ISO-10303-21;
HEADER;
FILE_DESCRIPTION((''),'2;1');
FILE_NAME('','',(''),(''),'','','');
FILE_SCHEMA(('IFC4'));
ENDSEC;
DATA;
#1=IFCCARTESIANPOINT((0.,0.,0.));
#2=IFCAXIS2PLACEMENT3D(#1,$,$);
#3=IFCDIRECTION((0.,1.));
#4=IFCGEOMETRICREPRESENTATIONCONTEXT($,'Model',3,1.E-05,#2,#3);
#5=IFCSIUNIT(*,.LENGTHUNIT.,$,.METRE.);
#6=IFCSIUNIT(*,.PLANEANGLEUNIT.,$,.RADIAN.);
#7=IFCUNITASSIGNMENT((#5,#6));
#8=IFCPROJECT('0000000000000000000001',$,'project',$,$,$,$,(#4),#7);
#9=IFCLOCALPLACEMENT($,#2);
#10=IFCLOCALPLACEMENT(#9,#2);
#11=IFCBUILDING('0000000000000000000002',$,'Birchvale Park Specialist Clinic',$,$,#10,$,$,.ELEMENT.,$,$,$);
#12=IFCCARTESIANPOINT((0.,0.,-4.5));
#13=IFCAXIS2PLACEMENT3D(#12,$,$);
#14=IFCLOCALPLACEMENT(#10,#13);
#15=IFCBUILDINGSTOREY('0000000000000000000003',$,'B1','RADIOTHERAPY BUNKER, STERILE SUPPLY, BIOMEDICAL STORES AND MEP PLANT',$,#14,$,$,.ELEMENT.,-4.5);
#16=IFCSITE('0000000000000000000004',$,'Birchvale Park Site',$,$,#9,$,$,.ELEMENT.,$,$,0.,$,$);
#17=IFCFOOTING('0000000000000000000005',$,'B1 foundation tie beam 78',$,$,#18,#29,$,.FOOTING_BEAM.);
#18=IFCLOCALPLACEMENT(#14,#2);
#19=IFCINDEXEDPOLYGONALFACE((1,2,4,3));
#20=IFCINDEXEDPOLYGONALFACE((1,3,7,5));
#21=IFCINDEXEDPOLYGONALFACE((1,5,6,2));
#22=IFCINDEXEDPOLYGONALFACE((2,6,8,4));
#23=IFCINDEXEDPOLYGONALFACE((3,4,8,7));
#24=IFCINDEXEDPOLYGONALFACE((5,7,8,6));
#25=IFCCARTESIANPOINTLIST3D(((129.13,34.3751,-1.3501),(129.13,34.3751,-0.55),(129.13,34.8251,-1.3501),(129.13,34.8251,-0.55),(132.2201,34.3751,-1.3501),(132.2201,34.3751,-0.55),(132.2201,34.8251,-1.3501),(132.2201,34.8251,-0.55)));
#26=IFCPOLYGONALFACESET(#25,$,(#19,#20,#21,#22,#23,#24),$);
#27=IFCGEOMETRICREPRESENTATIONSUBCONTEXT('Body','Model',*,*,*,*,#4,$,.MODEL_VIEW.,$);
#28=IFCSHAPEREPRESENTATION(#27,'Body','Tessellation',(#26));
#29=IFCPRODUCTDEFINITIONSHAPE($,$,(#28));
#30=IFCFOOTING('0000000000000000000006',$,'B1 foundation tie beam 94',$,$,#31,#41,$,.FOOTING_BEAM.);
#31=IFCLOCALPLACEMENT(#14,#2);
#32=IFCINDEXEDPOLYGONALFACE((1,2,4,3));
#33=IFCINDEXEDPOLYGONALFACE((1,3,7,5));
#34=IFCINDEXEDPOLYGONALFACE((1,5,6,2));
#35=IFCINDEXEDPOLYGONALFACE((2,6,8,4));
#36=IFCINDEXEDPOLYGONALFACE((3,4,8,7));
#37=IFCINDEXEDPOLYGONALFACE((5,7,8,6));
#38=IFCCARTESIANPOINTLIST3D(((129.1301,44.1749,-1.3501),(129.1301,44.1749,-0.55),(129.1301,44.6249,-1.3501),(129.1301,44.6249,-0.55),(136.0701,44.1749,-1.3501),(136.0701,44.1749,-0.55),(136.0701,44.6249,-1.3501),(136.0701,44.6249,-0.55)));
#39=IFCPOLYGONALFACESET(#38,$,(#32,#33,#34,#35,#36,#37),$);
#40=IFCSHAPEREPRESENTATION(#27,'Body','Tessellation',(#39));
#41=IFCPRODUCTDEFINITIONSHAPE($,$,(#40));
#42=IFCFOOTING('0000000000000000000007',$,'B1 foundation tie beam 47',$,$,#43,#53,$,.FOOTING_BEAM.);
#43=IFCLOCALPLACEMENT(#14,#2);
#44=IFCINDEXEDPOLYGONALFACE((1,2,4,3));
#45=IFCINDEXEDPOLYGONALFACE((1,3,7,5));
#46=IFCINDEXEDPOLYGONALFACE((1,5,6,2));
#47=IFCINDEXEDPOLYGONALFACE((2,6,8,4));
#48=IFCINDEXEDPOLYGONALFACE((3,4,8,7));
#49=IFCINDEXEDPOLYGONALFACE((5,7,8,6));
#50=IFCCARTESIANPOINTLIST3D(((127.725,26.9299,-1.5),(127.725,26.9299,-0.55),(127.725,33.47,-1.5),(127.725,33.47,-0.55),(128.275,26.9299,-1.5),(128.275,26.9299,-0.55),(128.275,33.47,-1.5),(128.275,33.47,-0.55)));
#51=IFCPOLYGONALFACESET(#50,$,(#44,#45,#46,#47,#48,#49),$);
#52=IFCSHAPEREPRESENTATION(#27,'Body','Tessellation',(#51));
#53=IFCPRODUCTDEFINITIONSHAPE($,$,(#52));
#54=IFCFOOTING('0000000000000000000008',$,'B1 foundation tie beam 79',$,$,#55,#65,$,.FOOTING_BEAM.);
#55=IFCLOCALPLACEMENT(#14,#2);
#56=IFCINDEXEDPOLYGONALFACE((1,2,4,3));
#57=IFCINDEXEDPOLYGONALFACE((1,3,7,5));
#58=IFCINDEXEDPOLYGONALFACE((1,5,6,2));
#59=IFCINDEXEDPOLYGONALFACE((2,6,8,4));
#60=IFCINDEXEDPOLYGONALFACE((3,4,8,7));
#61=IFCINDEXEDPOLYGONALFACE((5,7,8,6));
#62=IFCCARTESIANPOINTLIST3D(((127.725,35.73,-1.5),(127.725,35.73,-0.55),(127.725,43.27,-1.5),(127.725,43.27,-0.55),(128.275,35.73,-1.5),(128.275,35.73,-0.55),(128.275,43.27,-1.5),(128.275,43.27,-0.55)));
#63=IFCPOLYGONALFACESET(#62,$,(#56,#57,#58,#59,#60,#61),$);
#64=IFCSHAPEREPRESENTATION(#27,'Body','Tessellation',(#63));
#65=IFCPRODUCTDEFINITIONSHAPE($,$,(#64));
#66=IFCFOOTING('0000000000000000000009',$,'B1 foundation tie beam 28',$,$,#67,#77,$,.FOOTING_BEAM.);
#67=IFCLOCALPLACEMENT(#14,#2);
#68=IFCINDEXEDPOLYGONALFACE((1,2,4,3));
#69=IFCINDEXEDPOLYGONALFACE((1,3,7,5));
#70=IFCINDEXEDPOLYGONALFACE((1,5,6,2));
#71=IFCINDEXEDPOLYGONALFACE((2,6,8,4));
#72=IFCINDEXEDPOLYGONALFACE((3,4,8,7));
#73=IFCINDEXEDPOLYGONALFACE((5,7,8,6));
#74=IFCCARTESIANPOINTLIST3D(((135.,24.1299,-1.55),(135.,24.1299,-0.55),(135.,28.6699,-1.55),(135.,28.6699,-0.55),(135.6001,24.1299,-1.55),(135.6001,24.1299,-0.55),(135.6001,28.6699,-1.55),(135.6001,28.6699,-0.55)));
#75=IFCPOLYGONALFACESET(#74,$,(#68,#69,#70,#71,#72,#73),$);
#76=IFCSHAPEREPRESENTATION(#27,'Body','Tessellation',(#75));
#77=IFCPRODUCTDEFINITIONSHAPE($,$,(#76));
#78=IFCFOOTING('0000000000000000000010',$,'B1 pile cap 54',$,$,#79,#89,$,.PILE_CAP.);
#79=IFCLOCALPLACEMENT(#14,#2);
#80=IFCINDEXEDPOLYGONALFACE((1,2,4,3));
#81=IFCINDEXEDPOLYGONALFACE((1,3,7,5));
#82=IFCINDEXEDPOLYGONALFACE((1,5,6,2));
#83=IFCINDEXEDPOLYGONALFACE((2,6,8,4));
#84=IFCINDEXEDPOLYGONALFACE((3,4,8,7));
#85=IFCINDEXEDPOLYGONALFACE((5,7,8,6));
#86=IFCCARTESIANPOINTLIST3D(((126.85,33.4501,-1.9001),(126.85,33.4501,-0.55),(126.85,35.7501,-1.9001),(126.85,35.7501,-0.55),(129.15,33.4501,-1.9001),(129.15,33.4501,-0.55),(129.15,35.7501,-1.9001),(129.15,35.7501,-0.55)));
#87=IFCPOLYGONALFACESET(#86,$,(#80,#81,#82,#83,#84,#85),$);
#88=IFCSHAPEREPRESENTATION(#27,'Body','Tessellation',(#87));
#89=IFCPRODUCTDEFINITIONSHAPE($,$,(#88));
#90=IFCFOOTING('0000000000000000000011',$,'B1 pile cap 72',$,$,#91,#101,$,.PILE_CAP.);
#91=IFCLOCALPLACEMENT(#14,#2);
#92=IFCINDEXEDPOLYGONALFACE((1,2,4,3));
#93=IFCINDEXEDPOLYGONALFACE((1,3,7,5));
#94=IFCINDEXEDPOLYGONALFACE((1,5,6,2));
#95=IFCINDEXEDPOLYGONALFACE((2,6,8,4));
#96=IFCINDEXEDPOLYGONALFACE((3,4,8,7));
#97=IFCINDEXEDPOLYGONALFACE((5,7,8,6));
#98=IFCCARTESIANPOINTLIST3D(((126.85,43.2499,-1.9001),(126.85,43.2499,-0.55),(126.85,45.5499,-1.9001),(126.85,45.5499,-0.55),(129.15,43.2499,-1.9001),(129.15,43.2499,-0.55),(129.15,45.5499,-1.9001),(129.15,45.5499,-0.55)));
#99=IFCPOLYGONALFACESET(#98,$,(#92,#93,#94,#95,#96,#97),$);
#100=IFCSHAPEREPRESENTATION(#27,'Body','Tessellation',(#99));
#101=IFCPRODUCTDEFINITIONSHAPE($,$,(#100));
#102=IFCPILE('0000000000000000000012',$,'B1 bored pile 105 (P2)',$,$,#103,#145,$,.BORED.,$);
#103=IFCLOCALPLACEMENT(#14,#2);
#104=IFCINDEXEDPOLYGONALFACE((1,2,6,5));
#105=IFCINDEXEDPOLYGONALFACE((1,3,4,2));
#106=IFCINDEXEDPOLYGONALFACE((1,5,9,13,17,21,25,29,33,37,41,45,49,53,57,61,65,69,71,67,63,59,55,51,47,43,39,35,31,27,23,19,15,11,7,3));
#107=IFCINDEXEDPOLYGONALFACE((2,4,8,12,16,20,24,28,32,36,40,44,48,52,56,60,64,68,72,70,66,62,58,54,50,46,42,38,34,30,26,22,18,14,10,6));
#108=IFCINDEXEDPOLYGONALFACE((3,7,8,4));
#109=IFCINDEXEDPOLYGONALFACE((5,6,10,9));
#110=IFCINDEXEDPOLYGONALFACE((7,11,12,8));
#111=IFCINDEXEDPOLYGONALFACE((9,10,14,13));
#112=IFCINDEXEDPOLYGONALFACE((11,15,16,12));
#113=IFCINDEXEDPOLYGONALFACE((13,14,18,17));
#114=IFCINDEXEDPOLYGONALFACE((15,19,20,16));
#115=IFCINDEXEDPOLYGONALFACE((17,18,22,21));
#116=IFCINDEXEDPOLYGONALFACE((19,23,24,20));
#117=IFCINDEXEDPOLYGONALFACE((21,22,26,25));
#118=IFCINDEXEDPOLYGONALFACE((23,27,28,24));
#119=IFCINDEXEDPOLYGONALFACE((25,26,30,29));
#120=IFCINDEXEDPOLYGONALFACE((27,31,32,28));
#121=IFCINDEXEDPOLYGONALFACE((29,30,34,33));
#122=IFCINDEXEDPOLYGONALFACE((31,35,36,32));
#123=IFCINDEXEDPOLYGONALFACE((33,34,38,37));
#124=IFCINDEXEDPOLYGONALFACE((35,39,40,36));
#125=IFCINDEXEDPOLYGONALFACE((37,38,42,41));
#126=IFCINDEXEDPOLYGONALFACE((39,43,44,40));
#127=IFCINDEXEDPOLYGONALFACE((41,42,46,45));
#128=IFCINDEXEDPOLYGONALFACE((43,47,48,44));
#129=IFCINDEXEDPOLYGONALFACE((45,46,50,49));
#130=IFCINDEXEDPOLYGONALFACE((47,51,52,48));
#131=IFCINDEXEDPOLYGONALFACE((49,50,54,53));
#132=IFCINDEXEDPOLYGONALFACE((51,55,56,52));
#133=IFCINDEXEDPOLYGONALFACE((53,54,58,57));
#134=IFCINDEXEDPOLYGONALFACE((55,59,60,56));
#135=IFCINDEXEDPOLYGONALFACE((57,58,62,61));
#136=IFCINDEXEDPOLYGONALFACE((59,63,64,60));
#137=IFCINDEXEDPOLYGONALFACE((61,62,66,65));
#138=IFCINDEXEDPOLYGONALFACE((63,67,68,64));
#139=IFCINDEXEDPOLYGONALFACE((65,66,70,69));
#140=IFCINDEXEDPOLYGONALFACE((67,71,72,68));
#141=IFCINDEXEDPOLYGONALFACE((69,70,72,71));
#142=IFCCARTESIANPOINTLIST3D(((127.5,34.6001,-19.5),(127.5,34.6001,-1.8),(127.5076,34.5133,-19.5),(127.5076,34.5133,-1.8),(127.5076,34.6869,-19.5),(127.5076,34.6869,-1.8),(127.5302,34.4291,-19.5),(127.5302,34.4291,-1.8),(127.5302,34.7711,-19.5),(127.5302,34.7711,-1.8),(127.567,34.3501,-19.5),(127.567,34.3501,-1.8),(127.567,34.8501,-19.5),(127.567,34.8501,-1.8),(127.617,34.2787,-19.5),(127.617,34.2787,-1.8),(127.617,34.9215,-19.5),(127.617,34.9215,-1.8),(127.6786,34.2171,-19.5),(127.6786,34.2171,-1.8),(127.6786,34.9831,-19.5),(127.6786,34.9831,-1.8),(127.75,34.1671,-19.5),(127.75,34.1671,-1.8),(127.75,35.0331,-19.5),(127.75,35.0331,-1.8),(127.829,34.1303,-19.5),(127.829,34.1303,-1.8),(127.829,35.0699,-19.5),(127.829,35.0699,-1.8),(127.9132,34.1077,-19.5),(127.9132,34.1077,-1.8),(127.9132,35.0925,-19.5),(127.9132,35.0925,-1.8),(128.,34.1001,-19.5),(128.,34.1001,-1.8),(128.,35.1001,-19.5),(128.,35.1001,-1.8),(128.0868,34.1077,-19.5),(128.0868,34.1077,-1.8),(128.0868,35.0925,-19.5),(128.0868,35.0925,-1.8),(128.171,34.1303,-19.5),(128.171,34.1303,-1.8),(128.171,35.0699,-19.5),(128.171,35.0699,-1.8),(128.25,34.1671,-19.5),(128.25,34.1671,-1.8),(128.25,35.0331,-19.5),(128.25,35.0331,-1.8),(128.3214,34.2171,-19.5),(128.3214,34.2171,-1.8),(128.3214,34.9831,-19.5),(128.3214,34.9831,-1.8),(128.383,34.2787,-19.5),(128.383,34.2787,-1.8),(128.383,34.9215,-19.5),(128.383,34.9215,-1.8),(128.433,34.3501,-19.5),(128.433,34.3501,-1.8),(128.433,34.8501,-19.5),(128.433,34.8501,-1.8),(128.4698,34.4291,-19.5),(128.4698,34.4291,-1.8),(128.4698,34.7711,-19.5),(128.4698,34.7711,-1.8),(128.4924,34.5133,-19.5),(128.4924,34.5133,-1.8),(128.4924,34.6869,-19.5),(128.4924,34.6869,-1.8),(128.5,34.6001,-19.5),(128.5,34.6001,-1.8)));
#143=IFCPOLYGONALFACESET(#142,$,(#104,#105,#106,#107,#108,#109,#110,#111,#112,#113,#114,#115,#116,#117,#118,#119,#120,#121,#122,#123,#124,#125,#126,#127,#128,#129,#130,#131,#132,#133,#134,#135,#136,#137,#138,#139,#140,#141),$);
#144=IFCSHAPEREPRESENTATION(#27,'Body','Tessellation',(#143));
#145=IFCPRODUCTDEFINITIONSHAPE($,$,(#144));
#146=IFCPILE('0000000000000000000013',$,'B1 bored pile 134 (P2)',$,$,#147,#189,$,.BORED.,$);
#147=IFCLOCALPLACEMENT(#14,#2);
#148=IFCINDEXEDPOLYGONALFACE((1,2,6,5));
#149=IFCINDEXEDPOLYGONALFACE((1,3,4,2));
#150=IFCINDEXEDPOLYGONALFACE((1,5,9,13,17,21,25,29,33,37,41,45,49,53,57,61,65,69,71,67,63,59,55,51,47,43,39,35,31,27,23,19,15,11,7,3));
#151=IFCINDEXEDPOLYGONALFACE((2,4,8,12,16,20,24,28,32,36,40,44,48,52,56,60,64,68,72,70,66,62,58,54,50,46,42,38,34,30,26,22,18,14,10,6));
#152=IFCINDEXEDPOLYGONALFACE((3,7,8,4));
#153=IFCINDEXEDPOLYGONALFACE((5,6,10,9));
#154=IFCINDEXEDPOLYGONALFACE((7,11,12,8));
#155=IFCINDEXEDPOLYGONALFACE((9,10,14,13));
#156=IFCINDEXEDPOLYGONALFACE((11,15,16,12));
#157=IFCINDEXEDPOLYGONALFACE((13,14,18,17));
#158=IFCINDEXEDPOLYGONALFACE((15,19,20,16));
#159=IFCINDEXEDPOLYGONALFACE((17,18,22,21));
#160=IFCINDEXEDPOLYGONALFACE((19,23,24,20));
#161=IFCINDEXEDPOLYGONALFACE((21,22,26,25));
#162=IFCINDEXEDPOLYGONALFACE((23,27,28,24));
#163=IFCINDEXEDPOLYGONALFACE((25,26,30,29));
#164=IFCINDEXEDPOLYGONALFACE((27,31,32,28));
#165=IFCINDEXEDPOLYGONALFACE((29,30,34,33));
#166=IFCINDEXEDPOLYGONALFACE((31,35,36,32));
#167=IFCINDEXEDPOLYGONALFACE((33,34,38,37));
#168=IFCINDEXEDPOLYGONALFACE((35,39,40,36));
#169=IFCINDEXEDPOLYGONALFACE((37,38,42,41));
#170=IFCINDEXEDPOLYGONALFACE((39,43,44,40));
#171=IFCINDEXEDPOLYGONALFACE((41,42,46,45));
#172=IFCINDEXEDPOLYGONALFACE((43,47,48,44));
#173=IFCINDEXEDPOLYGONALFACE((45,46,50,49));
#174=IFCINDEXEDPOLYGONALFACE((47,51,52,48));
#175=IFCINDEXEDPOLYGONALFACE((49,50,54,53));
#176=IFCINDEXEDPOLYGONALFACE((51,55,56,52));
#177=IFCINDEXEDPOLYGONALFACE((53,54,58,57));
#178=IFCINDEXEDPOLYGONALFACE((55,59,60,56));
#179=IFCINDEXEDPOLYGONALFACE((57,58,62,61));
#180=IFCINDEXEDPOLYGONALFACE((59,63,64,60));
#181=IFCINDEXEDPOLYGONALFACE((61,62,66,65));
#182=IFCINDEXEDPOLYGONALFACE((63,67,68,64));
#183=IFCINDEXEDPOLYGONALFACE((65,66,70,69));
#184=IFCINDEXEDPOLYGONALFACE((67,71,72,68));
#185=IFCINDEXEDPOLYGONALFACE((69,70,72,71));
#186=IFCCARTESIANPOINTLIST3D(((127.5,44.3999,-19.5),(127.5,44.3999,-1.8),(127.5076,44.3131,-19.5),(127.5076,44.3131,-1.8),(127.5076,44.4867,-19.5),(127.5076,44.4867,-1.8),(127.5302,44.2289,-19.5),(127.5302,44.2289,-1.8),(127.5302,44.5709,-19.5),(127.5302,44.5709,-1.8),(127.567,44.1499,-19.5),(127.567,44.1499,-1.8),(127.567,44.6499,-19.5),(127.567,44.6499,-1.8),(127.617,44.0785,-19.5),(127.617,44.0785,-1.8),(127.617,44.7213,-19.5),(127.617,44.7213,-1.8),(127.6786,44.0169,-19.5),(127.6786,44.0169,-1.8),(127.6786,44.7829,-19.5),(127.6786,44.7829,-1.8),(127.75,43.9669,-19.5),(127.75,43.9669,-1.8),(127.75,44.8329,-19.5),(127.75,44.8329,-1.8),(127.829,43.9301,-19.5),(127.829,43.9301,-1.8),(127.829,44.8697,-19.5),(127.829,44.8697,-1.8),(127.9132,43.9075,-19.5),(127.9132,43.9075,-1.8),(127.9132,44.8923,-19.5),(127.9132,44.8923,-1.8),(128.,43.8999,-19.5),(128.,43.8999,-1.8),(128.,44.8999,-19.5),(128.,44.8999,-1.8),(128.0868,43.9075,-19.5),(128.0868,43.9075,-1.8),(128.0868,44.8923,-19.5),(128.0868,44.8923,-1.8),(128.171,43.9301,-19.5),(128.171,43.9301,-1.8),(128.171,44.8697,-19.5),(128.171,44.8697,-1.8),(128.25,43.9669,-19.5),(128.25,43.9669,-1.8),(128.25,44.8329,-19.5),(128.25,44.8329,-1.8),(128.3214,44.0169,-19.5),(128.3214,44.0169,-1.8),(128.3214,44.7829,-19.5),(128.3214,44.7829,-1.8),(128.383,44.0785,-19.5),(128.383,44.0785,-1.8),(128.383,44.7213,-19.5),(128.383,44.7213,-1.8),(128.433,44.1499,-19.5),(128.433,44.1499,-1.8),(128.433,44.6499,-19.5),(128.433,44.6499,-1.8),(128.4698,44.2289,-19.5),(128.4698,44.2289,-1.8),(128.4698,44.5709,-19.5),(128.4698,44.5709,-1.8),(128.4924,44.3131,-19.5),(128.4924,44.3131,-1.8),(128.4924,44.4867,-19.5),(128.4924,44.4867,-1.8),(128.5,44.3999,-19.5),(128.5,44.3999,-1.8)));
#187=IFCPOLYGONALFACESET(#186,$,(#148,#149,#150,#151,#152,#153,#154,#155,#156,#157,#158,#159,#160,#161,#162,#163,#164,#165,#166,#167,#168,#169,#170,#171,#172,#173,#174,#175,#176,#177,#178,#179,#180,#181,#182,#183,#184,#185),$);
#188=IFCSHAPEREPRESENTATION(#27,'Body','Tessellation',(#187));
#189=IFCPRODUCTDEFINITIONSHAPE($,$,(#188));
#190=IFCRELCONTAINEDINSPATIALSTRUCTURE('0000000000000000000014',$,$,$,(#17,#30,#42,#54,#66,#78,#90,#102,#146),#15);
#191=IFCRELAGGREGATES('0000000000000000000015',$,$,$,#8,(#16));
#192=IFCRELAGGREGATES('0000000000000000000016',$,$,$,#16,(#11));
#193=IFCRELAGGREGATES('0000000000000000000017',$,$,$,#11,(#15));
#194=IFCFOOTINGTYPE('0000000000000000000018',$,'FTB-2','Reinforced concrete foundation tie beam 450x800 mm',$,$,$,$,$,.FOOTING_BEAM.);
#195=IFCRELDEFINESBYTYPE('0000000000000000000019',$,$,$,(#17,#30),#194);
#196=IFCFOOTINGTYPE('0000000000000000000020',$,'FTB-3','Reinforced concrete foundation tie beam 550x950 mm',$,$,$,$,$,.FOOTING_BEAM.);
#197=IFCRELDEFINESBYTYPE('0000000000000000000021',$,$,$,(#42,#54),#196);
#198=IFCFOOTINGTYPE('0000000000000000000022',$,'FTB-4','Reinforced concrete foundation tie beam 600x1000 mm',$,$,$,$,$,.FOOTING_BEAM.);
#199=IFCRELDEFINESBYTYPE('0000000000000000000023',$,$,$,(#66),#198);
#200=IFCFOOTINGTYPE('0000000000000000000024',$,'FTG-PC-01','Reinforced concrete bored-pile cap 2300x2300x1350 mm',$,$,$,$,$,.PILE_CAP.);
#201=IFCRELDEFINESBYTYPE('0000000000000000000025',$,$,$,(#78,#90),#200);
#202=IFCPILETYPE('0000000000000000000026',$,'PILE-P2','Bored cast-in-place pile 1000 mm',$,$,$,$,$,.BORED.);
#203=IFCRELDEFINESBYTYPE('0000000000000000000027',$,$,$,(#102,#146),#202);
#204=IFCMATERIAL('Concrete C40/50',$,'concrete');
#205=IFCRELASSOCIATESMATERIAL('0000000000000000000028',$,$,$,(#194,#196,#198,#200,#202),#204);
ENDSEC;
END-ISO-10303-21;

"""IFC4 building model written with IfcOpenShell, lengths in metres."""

from ifc_helpers import new_model, si_unit, direction, frame, origin, origin_2d, place, context, subcontext, project, spatial, rectangle, circle, extrude, material, material_profile, profile_set, type_object, element, save


model = new_model("IFC4")

# Units and contexts
model_context = context("Model", 3, precision=1e-05, world=origin(), true_north=direction((0.0, 1.0)))
body_context = subcontext(model_context, "Body", "Model", "MODEL_VIEW")
ifc_project = project(units=[si_unit("LENGTHUNIT", "METRE"), si_unit("PLANEANGLEUNIT", "RADIAN")], contexts=[model_context])

# Site, building, storey
site_placement = place(None, origin())
site = spatial("IfcSite", under=ifc_project, at=site_placement, Name="Birchvale Park Site", CompositionType="ELEMENT", RefElevation=0.0)
building_placement = place(site_placement, origin())
building = spatial("IfcBuilding", under=site, at=building_placement, Name="Birchvale Park Specialist Clinic", CompositionType="ELEMENT")
storey_placement = place(building_placement, frame((0.0, 0.0, -4.5)))
storey = spatial("IfcBuildingStorey", under=building, at=storey_placement, Name="B1", Description="RADIOTHERAPY BUNKER, STERILE SUPPLY, BIOMEDICAL STORES AND MEP PLANT", CompositionType="ELEMENT", Elevation=-4.5)

# Footings
ifc_material_1 = material(Name="Concrete C40/50", Category="concrete")
footing_type_1 = type_object("IfcFootingType", Name="FTB-2", Description="Reinforced concrete foundation tie beam 450x800 mm", PredefinedType="FOOTING_BEAM", material=ifc_material_1)
footing_1_placement = place(storey_placement, frame((130.675, 34.6001, -1.3501), z_axis=(0.0, 0.0, 1.0), x_axis=(1.0, 0.0, 0.0)))
element("IfcFooting", 1, at=footing_1_placement, inside=storey, type_object=footing_type_1, Name="B1 foundation tie beam 78", PredefinedType="FOOTING_BEAM", context=body_context, shape_type="SweptSolid", body=[
    extrude(rectangle(XDim=3.0901, YDim=0.45, at=origin_2d()), origin(), (0.0, 0.0, 1.0), 0.8),
])
footing_2_placement = place(storey_placement, frame((132.6001, 44.3999, -1.3501), z_axis=(0.0, 0.0, 1.0), x_axis=(1.0, 0.0, 0.0)))
element("IfcFooting", 2, at=footing_2_placement, inside=storey, type_object=footing_type_1, Name="B1 foundation tie beam 94", PredefinedType="FOOTING_BEAM", context=body_context, shape_type="SweptSolid", body=[
    extrude(rectangle(XDim=6.9399, YDim=0.45, at=origin_2d()), origin(), (0.0, 0.0, 1.0), 0.8),
])
footing_type_2 = type_object("IfcFootingType", Name="FTB-3", Description="Reinforced concrete foundation tie beam 550x950 mm", PredefinedType="FOOTING_BEAM", material=ifc_material_1)
footing_3_placement = place(storey_placement, frame((128.0, 30.2, -1.5), z_axis=(0.0, 0.0, 1.0), x_axis=(1.0, 0.0, 0.0)))
element("IfcFooting", 3, at=footing_3_placement, inside=storey, type_object=footing_type_2, Name="B1 foundation tie beam 47", PredefinedType="FOOTING_BEAM", context=body_context, shape_type="SweptSolid", body=[
    extrude(rectangle(XDim=0.55, YDim=6.54, at=origin_2d()), origin(), (0.0, 0.0, 1.0), 0.95),
])
footing_4_placement = place(storey_placement, frame((128.0, 39.5, -1.5), z_axis=(0.0, 0.0, 1.0), x_axis=(1.0, 0.0, 0.0)))
element("IfcFooting", 4, at=footing_4_placement, inside=storey, type_object=footing_type_2, Name="B1 foundation tie beam 79", PredefinedType="FOOTING_BEAM", context=body_context, shape_type="SweptSolid", body=[
    extrude(rectangle(XDim=0.55, YDim=7.54, at=origin_2d()), origin(), (0.0, 0.0, 1.0), 0.95),
])
footing_type_3 = type_object("IfcFootingType", Name="FTB-4", Description="Reinforced concrete foundation tie beam 600x1000 mm", PredefinedType="FOOTING_BEAM", material=ifc_material_1)
footing_5_placement = place(storey_placement, frame((135.3, 26.3999, -1.55), z_axis=(0.0, 0.0, 1.0), x_axis=(1.0, 0.0, 0.0)))
element("IfcFooting", 5, at=footing_5_placement, inside=storey, type_object=footing_type_3, Name="B1 foundation tie beam 28", PredefinedType="FOOTING_BEAM", context=body_context, shape_type="SweptSolid", body=[
    extrude(rectangle(XDim=0.6001, YDim=4.54, at=origin_2d()), origin(), (0.0, 0.0, 1.0), 1.0),
])
footing_type_4 = type_object("IfcFootingType", Name="FTG-PC-01", Description="Reinforced concrete bored-pile cap 2300x2300x1350 mm", PredefinedType="PILE_CAP", material=ifc_material_1)
for number, where, z_axis, x_axis, name in (
    (6, (128.0, 34.6001, -1.9001), (0.0, 0.0, 1.0), (1.0, 0.0, 0.0), "B1 pile cap 54"),
    (7, (128.0, 44.3999, -1.9001), (0.0, 0.0, 1.0), (1.0, 0.0, 0.0), "B1 pile cap 72"),
):
    element("IfcFooting", number, at=place(storey_placement, frame(where, z_axis=z_axis, x_axis=x_axis)), inside=storey, type_object=footing_type_4, Name=name, PredefinedType="PILE_CAP", context=body_context, shape_type="SweptSolid", body=[
        extrude(rectangle(XDim=2.3, YDim=2.3, at=origin_2d()), origin(), (0.0, 0.0, 1.0), 1.3501),
    ])

# Piles
ifc_material_profile_1 = material_profile(ifc_material_1, circle(Radius=0.5, at=origin_2d()), Name="PILE-1000")
ifc_profile_set_1 = profile_set([ifc_material_profile_1], Name="Concrete C40/50")
pile_type_1 = type_object("IfcPileType", Name="PILE-P2", Description="Bored cast-in-place pile 1000 mm", PredefinedType="BORED", material=ifc_profile_set_1)
for number, where, z_axis, x_axis, name in (
    (8, (128.0, 34.6001, -1.8), (0.0, 0.0, -1.0), (1.0, 0.0, 0.0), "B1 bored pile 105 (P2)"),
    (9, (128.0, 44.3999, -1.8), (0.0, 0.0, -1.0), (1.0, 0.0, 0.0), "B1 bored pile 134 (P2)"),
):
    element("IfcPile", number, at=place(storey_placement, frame(where, z_axis=z_axis, x_axis=x_axis)), inside=storey, type_object=pile_type_1, Name=name, PredefinedType="BORED", context=body_context, shape_type="SweptSolid", body=[
        extrude(circle(Radius=0.5, at=origin_2d()), origin(), (0.0, 0.0, 1.0), 17.7),
    ])

save(model, "model.ifc")
